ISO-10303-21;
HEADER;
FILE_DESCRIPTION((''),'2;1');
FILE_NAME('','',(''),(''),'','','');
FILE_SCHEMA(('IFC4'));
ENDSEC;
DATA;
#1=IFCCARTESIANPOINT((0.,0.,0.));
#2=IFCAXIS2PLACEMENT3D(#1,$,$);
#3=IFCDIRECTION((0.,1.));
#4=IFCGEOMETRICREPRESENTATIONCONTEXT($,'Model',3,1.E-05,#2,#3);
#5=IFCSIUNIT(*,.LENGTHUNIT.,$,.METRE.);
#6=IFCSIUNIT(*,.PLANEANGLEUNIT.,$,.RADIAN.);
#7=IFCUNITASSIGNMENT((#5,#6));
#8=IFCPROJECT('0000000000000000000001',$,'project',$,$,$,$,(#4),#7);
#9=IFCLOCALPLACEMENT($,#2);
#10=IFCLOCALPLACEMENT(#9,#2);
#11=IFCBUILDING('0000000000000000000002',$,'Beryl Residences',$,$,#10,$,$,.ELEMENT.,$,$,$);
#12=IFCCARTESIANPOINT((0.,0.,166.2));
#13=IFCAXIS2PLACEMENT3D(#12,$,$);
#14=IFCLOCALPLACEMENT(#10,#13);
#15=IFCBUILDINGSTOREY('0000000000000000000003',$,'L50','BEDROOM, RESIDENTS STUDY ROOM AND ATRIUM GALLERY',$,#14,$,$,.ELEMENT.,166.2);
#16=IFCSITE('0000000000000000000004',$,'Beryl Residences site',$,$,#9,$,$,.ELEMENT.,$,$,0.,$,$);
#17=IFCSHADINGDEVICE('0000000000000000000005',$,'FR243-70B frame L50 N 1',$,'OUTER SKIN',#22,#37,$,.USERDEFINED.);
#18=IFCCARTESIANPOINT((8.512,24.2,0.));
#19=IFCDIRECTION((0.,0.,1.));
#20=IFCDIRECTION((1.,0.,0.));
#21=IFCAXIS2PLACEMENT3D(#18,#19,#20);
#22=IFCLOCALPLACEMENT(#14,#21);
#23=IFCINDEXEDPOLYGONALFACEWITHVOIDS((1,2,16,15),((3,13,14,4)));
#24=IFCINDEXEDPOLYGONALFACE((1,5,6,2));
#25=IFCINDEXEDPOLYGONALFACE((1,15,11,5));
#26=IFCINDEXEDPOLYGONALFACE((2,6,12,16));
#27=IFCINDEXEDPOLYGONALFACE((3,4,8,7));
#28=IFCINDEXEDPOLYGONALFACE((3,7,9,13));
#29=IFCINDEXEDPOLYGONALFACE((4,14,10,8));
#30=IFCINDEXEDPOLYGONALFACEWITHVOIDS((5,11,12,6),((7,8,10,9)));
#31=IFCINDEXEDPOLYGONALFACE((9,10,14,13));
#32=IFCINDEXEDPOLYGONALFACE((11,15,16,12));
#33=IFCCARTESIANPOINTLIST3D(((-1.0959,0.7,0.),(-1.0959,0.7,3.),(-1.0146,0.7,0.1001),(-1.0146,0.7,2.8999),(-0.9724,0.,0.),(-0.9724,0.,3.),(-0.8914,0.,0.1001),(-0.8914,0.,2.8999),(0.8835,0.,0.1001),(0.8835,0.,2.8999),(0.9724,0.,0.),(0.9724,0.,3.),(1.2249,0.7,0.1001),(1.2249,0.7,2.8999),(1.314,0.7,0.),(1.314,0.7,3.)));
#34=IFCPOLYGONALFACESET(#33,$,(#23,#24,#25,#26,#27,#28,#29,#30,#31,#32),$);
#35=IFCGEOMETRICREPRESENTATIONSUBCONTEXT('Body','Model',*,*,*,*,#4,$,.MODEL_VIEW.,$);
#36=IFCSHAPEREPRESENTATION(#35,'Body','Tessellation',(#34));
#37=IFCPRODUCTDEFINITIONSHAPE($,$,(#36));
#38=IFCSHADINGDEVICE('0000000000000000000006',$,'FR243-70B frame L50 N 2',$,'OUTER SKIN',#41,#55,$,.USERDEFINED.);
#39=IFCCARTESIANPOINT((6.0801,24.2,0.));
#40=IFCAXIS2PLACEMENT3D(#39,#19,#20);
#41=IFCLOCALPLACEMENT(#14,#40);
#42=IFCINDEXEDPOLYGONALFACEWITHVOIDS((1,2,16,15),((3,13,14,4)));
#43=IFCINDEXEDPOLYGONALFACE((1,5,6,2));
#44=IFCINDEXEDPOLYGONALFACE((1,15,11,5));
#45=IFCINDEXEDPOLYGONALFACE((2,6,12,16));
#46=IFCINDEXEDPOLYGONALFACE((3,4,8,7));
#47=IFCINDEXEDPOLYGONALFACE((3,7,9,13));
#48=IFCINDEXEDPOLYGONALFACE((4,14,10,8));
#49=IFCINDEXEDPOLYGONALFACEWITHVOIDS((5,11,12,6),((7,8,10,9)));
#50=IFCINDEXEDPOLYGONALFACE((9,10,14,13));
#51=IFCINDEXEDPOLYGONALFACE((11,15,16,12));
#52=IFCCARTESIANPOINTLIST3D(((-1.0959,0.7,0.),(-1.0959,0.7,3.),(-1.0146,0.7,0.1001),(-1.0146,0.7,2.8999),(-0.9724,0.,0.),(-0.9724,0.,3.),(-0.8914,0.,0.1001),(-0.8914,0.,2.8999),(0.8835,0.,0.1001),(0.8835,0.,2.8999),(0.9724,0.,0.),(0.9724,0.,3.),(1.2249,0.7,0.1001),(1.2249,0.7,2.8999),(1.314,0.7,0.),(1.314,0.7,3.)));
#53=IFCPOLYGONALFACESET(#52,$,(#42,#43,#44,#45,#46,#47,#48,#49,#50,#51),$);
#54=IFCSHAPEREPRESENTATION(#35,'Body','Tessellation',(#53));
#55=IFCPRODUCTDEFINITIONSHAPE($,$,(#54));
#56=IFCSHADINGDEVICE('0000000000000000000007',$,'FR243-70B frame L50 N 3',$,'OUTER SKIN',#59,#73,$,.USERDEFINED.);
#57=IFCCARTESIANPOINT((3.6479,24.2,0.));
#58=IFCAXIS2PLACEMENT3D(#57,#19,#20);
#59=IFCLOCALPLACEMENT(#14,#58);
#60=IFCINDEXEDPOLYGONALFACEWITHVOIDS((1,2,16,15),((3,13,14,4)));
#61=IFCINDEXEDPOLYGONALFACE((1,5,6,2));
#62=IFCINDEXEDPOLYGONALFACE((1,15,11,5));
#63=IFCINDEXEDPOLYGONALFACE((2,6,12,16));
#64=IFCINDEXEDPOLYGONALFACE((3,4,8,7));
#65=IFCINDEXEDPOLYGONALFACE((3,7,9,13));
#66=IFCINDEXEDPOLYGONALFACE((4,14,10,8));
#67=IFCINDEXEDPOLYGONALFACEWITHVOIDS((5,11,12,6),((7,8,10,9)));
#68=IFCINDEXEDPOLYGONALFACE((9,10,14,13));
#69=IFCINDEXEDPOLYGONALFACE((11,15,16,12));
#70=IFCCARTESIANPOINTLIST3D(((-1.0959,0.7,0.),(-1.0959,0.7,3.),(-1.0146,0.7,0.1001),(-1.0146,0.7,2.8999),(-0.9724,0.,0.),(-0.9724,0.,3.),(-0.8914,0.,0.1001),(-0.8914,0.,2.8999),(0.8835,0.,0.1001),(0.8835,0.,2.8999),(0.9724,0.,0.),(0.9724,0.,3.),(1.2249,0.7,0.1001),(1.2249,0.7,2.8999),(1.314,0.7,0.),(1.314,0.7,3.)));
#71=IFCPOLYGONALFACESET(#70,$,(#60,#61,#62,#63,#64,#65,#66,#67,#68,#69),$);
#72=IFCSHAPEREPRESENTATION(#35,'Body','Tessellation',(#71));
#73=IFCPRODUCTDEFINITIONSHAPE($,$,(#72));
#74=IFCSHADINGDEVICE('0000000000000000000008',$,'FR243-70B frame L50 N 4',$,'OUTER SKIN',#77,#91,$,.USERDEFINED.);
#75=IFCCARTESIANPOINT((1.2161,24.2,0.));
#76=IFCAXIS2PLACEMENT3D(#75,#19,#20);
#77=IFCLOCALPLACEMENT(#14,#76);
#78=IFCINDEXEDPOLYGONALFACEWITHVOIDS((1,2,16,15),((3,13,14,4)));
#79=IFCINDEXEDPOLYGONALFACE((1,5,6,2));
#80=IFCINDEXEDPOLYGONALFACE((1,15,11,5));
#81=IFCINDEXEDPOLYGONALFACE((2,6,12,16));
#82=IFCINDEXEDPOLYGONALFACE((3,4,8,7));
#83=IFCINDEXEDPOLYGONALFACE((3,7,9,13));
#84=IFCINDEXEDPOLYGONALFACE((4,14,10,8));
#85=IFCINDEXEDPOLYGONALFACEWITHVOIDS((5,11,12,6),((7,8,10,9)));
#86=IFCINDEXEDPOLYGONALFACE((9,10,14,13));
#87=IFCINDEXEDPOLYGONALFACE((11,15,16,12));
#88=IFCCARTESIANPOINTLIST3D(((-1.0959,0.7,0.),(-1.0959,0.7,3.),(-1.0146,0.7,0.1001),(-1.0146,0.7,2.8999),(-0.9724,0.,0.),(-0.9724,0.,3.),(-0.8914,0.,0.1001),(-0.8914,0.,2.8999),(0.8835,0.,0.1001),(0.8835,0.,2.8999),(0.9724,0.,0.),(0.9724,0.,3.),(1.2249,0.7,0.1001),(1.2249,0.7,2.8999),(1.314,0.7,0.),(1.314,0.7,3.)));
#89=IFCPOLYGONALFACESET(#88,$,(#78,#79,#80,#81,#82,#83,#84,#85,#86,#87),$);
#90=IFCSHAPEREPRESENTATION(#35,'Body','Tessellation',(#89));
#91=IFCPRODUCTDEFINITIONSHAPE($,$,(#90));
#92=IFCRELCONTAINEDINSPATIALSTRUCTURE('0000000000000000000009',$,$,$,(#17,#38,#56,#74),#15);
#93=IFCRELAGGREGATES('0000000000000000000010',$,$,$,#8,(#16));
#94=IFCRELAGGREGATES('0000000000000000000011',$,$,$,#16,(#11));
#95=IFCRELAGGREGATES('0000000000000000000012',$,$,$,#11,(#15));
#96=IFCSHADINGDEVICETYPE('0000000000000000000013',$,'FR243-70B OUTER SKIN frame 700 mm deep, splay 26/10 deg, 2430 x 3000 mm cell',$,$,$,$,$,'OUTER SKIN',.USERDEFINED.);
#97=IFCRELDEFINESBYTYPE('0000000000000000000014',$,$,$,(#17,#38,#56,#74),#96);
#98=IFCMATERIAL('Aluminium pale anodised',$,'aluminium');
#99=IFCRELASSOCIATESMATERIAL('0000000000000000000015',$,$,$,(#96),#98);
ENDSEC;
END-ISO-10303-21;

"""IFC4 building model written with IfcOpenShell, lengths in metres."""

from ifc_helpers import new_model, entity, si_unit, direction, frame, origin, place, context, subcontext, project, spatial, source, transform, mapped, material, type_object, type_shapes, element, save


model = new_model("IFC4")

# Units and contexts
model_context = context("Model", 3, precision=1e-05, world=origin(), true_north=direction((0.0, 1.0)))
body_context = subcontext(model_context, "Body", "Model", "MODEL_VIEW")
ifc_project = project(units=[si_unit("LENGTHUNIT", "METRE"), si_unit("PLANEANGLEUNIT", "RADIAN")], contexts=[model_context])

# Site, building, storey
site_placement = place(None, origin())
site = spatial("IfcSite", under=ifc_project, at=site_placement, Name="Beryl Residences site", CompositionType="ELEMENT", RefElevation=0.0)
building_placement = place(site_placement, origin())
building = spatial("IfcBuilding", under=site, at=building_placement, Name="Beryl Residences", CompositionType="ELEMENT")
storey_placement = place(building_placement, frame((0.0, 0.0, 166.2)))
storey = spatial("IfcBuildingStorey", under=building, at=storey_placement, Name="L50", Description="BEDROOM, RESIDENTS STUDY ROOM AND ATRIUM GALLERY", CompositionType="ELEMENT", Elevation=166.2)

# Shading devices
ifc_material_1 = material(Name="Aluminium pale anodised", Category="aluminium")
shading_device_type = type_object("IfcShadingDeviceType", Name="FR243-70B OUTER SKIN frame 700 mm deep, splay 26/10 deg, 2430 x 3000 mm cell", ElementType="OUTER SKIN", PredefinedType="USERDEFINED", material=ifc_material_1)
cartesian_point_1 = entity("IfcCartesianPoint", [-0.9724, 0.0])
cartesian_point_2 = entity("IfcCartesianPoint", [-0.8835, 0.1001])
cartesian_point_3 = entity("IfcCartesianPoint", [-1.314, 0.0])
cartesian_point_4 = entity("IfcCartesianPoint", [-1.2249, 0.1001])
shared_shape_1 = source(origin(), body_context, "Body", "SweptSolid", [
    entity("IfcExtrudedAreaSolidTapered", entity("IfcArbitraryProfileDefWithVoids", "AREA", None, entity("IfcPolyline", [cartesian_point_1, entity("IfcCartesianPoint", [0.9724, 0.0]), entity("IfcCartesianPoint", [0.9724, 3.0]), entity("IfcCartesianPoint", [-0.9724, 3.0]), cartesian_point_1]), [entity("IfcPolyline", [cartesian_point_2, entity("IfcCartesianPoint", [0.8914, 0.1001]), entity("IfcCartesianPoint", [0.8914, 2.8999]), entity("IfcCartesianPoint", [-0.8835, 2.8999]), cartesian_point_2])]), entity("IfcAxis2Placement3D", entity("IfcCartesianPoint", [0.0, 0.0, 0.0]), entity("IfcDirection", [0.0, 1.0, 0.0]), entity("IfcDirection", [-1.0, 0.0, 0.0])), entity("IfcDirection", [0.0, 0.0, 1.0]), 0.7, entity("IfcArbitraryProfileDefWithVoids", "AREA", None, entity("IfcPolyline", [cartesian_point_3, entity("IfcCartesianPoint", [1.0959, 0.0]), entity("IfcCartesianPoint", [1.0959, 3.0]), entity("IfcCartesianPoint", [-1.314, 3.0]), cartesian_point_3]), [entity("IfcPolyline", [cartesian_point_4, entity("IfcCartesianPoint", [1.0146, 0.1001]), entity("IfcCartesianPoint", [1.0146, 2.8999]), entity("IfcCartesianPoint", [-1.2249, 2.8999]), cartesian_point_4])])),
])
type_shapes(shading_device_type, [shared_shape_1])
for number, where, z_axis, x_axis, name in (
    (1, (8.512, 24.2, 0.0), (0.0, 0.0, 1.0), (1.0, 0.0, 0.0), "FR243-70B frame L50 N 1"),
    (2, (6.0801, 24.2, 0.0), (0.0, 0.0, 1.0), (1.0, 0.0, 0.0), "FR243-70B frame L50 N 2"),
    (3, (3.6479, 24.2, 0.0), (0.0, 0.0, 1.0), (1.0, 0.0, 0.0), "FR243-70B frame L50 N 3"),
    (4, (1.2161, 24.2, 0.0), (0.0, 0.0, 1.0), (1.0, 0.0, 0.0), "FR243-70B frame L50 N 4"),
):
    element("IfcShadingDevice", number, at=place(storey_placement, frame(where, z_axis=z_axis, x_axis=x_axis)), inside=storey, type_object=shading_device_type, Name=name, ObjectType="OUTER SKIN", PredefinedType="USERDEFINED", context=body_context, shape_type="MappedRepresentation", body=[
        mapped(shared_shape_1, transform((0.0, 0.0, 0.0))),
    ])

save(model, "model.ifc")
